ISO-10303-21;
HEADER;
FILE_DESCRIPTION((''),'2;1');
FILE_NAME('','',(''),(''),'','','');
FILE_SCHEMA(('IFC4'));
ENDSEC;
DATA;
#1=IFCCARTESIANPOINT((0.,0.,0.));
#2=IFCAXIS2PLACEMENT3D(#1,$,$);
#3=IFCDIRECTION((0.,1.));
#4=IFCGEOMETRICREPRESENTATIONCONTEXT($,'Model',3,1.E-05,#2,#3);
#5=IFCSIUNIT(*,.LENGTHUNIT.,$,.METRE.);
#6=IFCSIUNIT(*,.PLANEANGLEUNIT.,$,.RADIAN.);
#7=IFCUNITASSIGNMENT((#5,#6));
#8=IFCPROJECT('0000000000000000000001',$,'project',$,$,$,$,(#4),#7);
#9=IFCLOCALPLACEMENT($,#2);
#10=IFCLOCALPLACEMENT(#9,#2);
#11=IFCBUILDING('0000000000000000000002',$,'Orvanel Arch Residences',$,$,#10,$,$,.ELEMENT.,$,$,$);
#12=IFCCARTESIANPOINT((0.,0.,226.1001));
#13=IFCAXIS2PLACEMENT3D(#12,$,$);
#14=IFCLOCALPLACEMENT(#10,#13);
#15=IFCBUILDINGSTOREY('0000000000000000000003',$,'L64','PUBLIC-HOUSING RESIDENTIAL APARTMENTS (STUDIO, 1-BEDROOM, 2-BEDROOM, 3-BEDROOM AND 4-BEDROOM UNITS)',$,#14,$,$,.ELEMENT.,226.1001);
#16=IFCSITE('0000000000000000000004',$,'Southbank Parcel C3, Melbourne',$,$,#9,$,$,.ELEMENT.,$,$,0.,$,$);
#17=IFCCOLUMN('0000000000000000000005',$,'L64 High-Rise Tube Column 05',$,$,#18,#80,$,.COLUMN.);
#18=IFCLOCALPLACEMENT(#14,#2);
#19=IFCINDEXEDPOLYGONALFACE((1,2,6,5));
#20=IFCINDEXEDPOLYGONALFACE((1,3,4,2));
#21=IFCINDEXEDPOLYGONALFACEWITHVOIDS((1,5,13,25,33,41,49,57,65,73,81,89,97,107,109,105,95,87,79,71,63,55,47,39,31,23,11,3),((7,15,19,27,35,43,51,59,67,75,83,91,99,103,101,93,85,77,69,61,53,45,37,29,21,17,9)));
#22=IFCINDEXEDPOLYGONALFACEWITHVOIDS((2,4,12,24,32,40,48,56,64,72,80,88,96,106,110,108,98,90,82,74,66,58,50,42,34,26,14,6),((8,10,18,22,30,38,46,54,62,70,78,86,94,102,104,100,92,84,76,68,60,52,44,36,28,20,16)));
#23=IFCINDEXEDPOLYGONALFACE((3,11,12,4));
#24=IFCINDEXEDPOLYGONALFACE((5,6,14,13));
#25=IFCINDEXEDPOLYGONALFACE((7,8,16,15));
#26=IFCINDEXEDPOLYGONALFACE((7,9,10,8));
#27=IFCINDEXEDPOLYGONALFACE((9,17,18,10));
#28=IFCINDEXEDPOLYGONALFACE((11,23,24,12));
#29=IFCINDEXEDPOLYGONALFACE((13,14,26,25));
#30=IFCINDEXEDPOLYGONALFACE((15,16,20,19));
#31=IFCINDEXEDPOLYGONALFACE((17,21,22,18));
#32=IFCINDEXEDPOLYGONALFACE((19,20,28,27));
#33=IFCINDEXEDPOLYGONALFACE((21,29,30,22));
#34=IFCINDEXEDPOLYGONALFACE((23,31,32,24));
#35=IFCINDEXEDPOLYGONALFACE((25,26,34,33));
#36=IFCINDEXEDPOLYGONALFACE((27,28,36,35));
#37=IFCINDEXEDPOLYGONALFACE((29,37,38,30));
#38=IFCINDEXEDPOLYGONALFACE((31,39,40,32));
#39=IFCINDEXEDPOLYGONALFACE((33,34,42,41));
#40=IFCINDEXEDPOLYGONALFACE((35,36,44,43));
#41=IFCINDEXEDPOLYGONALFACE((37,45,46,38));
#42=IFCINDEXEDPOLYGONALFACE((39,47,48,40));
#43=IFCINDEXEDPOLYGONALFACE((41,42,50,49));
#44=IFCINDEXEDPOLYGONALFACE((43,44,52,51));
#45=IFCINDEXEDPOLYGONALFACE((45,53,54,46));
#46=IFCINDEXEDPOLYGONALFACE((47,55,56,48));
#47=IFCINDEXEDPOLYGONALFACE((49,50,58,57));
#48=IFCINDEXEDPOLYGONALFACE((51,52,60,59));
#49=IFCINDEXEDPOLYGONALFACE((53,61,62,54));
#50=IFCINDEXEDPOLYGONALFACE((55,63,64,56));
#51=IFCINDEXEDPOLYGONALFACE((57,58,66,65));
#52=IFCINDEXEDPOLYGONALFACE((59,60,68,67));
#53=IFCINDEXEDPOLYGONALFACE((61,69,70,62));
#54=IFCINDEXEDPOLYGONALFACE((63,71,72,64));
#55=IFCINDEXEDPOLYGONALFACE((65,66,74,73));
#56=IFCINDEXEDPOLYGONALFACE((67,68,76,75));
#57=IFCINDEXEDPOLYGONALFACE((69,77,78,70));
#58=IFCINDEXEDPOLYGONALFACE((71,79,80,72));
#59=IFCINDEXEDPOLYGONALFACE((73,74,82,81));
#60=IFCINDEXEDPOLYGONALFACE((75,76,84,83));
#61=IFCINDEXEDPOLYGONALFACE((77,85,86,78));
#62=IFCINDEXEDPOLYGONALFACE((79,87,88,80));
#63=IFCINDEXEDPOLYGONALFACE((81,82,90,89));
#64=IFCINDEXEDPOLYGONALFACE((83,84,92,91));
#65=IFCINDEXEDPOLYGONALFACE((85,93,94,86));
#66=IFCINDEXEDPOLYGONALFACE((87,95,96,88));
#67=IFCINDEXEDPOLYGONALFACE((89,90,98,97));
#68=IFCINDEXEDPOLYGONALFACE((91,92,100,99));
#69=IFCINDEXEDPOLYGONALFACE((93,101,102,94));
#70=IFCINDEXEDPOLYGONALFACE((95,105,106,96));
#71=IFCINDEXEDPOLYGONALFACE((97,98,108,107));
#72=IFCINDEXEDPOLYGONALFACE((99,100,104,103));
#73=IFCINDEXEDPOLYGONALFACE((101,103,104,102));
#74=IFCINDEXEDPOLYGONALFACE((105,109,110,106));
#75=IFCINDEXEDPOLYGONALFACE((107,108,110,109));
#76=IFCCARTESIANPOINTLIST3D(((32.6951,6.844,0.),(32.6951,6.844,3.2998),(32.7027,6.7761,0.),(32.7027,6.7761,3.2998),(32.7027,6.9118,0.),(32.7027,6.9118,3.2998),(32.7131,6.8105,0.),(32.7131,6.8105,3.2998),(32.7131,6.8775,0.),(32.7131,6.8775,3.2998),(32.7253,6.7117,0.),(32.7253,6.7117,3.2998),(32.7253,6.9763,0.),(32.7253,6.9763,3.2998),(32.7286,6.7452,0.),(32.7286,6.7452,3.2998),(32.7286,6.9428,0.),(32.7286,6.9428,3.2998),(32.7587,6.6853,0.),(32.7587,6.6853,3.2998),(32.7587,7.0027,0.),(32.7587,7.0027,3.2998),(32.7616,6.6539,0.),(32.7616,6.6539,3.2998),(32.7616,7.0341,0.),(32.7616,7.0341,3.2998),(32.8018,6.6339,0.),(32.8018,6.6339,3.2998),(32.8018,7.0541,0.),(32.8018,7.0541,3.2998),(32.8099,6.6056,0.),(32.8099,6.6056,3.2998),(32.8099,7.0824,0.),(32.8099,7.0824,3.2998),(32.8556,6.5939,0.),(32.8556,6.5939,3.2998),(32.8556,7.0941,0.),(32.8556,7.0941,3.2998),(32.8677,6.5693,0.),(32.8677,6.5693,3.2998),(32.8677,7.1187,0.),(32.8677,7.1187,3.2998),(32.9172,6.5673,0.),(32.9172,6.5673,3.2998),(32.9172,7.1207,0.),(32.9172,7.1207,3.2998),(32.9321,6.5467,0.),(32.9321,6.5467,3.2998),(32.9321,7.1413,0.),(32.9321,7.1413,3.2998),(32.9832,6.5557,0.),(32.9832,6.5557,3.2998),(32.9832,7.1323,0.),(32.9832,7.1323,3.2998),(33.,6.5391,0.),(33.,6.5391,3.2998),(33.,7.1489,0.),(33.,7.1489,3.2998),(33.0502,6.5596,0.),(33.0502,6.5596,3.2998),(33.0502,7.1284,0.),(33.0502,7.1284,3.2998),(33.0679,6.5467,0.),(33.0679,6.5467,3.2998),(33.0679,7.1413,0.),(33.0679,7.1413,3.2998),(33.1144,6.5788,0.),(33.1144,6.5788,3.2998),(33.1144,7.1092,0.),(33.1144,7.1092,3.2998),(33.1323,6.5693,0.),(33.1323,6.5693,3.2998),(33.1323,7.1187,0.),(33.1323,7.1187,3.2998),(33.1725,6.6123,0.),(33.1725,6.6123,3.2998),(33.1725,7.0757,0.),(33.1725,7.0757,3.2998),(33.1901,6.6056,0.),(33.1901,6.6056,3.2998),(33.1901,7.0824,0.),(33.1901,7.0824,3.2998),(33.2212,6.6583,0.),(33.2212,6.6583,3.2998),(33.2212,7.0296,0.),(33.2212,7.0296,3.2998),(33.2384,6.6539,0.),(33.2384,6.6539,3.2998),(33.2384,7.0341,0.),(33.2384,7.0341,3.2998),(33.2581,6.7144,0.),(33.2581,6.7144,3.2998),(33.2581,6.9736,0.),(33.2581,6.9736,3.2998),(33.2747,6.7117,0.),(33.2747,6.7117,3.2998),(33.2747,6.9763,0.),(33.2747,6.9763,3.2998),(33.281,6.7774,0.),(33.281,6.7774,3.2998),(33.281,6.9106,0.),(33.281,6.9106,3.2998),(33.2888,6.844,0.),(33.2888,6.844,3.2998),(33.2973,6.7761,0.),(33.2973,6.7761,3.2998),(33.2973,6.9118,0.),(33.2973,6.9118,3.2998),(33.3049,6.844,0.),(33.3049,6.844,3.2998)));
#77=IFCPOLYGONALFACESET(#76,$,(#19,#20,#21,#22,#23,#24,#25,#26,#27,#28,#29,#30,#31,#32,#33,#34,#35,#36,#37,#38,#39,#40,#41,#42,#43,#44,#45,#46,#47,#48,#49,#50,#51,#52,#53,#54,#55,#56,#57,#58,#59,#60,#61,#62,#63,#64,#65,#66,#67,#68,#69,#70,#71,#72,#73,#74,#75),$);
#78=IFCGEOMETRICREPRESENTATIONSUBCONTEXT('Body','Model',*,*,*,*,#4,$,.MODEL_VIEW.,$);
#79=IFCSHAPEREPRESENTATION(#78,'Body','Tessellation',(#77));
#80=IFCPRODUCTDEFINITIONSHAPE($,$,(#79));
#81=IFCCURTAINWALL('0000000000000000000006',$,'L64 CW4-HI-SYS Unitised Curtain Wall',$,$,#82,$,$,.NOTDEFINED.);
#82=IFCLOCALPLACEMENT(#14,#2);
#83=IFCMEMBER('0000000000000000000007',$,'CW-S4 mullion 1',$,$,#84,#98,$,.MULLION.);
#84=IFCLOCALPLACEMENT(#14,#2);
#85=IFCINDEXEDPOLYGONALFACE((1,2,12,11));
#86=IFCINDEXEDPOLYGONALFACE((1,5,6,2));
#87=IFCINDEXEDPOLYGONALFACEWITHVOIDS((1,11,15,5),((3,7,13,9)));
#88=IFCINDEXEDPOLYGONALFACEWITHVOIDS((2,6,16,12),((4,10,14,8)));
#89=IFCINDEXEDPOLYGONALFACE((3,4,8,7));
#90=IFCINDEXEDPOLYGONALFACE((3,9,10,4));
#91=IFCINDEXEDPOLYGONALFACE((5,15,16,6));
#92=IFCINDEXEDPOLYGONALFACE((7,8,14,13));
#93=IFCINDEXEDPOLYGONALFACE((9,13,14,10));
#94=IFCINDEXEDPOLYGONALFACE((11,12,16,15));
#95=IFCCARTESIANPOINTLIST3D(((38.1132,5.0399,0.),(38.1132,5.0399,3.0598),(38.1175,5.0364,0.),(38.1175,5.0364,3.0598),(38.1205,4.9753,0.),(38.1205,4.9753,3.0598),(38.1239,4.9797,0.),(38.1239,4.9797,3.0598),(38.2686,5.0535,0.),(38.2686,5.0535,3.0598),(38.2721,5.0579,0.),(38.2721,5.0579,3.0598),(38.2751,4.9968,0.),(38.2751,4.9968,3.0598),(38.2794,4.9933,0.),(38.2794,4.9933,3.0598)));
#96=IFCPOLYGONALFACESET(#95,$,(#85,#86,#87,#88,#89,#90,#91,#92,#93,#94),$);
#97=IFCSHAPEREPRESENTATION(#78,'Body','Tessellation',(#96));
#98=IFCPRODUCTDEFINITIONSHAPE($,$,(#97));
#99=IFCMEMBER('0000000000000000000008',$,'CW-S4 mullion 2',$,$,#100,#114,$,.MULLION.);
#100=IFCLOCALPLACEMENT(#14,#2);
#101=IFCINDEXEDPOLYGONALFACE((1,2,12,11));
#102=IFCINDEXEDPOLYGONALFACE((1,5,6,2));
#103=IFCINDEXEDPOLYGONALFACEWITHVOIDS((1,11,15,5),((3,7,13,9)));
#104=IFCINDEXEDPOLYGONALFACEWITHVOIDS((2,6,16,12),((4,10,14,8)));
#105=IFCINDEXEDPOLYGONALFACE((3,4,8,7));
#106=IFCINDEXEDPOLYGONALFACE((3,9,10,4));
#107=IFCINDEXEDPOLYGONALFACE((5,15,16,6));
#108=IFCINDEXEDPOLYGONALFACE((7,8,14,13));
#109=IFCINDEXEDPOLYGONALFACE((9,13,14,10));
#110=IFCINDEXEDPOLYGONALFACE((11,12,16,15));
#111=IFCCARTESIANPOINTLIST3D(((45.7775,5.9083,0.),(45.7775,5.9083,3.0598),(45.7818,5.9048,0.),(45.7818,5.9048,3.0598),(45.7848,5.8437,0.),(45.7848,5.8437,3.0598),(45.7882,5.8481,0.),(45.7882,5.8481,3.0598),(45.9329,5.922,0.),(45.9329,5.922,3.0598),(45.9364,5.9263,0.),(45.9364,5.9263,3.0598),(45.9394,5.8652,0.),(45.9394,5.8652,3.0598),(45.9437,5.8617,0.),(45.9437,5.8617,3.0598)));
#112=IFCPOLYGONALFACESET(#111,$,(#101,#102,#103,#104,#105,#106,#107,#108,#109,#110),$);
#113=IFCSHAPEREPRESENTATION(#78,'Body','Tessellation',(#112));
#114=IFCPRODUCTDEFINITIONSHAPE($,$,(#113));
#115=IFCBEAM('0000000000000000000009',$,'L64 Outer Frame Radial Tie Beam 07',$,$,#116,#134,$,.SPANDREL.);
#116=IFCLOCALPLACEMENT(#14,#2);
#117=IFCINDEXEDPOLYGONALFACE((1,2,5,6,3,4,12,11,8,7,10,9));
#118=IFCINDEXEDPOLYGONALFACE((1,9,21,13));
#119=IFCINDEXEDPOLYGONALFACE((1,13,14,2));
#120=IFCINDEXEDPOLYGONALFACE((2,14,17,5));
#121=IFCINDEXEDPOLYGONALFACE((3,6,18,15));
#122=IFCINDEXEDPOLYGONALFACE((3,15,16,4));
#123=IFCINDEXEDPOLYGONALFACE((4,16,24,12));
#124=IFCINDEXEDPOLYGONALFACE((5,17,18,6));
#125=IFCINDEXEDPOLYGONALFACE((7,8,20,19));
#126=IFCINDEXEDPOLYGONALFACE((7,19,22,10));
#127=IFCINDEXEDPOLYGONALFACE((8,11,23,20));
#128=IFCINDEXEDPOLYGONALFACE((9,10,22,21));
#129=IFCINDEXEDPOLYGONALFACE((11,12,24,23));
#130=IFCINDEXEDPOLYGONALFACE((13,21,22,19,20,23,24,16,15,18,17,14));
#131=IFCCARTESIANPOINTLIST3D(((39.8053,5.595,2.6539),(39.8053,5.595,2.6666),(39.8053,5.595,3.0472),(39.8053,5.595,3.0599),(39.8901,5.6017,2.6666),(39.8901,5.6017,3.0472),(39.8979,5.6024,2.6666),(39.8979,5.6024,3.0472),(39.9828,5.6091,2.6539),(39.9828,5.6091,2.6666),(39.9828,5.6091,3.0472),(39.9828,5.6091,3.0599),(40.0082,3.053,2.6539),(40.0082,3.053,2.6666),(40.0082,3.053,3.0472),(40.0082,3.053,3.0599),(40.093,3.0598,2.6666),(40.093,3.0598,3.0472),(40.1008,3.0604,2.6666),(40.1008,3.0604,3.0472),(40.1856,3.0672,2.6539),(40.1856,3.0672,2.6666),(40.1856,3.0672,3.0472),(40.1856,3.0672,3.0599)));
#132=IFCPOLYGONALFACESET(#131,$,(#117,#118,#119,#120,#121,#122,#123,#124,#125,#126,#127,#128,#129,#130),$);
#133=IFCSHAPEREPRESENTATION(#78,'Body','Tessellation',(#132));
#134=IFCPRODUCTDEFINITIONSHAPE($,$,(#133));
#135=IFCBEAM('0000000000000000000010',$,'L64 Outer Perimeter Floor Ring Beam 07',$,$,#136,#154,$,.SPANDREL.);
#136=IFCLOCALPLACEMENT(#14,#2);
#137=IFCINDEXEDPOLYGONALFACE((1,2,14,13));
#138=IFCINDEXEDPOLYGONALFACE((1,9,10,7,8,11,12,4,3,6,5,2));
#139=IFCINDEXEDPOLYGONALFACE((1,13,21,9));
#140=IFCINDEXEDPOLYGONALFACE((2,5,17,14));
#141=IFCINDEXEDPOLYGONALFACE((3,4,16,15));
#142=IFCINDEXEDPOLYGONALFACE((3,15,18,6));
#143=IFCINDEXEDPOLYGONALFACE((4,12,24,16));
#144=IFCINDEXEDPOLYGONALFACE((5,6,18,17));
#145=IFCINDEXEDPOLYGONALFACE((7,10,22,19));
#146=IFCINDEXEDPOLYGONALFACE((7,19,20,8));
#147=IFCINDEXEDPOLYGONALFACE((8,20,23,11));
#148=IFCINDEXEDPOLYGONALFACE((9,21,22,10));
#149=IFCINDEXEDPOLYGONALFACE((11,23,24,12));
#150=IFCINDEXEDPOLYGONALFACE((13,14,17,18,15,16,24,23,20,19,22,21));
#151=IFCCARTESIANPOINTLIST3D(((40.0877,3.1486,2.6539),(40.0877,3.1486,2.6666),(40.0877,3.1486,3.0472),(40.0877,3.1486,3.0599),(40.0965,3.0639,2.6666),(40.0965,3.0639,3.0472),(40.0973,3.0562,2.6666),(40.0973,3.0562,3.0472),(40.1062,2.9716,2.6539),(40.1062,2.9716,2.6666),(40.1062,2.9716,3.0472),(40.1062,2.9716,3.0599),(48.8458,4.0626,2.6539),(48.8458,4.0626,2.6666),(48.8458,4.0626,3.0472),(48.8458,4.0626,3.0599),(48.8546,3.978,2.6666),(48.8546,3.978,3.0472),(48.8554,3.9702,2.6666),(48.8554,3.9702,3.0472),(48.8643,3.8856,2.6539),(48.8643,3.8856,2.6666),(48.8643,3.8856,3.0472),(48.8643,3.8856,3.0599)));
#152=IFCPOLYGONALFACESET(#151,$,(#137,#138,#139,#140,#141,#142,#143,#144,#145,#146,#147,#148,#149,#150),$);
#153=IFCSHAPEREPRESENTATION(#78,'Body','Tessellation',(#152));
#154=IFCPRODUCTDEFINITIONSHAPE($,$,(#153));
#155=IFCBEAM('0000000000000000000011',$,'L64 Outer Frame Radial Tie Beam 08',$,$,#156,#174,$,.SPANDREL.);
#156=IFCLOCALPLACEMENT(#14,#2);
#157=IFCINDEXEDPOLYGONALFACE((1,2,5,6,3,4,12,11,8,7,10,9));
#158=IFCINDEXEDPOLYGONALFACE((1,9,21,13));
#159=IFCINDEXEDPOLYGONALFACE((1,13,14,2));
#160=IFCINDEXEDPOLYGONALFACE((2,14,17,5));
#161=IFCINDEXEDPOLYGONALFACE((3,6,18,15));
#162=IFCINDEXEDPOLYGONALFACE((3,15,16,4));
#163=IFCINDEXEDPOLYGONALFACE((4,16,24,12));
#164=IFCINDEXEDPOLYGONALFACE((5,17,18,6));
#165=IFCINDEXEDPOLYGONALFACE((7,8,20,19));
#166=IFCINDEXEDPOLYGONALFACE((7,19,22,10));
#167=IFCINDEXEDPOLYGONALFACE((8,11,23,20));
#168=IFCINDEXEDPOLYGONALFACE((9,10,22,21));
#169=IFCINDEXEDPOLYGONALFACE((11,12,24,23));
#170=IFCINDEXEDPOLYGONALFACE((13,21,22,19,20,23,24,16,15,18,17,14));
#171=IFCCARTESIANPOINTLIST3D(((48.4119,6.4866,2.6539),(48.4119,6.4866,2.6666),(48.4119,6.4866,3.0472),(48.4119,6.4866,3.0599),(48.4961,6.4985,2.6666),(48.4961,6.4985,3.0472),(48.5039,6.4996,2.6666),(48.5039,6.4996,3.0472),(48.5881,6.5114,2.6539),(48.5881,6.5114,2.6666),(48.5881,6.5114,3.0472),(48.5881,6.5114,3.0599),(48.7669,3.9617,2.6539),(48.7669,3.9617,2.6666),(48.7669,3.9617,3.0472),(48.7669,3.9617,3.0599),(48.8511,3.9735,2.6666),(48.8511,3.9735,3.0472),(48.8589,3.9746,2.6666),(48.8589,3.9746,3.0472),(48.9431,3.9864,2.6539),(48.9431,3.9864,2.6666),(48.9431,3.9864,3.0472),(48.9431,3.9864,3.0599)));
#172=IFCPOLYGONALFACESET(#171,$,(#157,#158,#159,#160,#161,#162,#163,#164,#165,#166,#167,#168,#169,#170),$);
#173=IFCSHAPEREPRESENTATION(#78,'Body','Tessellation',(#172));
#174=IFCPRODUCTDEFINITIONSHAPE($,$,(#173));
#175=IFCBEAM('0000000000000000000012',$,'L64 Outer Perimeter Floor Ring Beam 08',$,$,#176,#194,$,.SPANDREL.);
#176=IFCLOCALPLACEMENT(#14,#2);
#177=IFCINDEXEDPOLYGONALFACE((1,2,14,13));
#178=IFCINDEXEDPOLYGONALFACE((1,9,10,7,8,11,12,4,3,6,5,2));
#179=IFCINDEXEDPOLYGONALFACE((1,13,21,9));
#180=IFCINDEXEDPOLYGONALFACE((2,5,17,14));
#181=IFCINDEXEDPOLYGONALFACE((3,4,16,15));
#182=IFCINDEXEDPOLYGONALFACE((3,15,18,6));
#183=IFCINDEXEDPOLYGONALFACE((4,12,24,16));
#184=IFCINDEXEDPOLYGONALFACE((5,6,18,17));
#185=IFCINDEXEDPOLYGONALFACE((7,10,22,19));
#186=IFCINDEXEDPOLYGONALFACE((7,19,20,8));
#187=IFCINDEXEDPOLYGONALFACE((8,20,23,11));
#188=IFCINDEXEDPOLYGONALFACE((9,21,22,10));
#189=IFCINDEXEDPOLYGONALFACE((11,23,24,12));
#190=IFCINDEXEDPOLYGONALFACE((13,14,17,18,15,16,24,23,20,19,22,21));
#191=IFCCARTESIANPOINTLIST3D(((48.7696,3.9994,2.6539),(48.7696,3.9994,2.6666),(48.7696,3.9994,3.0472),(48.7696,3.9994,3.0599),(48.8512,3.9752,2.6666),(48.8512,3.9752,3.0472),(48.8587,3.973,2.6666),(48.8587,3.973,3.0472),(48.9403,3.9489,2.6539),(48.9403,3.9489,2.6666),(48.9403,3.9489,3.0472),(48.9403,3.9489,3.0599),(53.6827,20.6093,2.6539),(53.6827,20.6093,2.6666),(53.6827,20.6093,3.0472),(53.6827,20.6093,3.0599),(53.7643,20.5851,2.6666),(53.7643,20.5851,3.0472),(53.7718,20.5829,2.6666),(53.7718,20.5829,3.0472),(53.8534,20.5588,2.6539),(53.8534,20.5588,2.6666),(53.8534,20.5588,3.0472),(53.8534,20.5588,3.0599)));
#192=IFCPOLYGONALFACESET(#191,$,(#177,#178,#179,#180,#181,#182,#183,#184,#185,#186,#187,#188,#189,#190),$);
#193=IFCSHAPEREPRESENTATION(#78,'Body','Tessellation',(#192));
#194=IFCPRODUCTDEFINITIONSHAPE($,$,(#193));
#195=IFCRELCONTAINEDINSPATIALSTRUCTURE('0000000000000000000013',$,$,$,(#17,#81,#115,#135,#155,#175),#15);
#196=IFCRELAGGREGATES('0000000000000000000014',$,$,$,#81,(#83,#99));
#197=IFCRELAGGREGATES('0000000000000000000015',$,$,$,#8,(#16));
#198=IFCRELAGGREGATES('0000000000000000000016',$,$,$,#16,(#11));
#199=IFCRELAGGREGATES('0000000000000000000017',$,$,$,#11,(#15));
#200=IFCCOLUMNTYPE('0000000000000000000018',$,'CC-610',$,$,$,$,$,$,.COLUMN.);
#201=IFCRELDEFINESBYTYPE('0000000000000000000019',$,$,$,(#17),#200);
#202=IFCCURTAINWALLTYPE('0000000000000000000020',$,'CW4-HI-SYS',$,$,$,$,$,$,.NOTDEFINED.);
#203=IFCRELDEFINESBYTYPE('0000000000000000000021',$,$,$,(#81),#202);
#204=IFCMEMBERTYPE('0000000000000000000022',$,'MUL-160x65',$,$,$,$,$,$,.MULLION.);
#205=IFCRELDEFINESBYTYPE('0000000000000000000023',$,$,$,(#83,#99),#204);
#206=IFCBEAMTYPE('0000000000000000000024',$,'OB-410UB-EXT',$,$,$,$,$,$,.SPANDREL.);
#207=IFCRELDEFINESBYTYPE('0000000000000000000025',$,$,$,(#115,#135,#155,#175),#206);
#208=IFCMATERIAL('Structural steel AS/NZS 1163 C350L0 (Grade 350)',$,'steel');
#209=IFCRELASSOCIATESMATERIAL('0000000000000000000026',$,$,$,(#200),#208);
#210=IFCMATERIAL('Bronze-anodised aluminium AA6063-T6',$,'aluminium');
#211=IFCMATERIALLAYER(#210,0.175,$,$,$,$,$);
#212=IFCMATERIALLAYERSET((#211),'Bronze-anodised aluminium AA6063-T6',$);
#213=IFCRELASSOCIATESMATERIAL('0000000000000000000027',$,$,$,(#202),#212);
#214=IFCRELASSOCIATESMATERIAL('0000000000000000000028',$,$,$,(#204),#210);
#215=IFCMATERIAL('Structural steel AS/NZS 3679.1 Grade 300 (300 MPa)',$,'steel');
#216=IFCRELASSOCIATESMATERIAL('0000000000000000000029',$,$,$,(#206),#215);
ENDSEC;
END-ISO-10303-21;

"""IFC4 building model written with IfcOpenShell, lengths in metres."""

from ifc_helpers import new_model, si_unit, direction, frame, origin, origin_2d, place, context, subcontext, project, spatial, hollow_rectangle, hollow_circle, i_section, extrude, material, layer, layer_set, material_profile, profile_set, type_object, element, aggregate, save


model = new_model("IFC4")

# Units and contexts
model_context = context("Model", 3, precision=1e-05, world=origin(), true_north=direction((0.0, 1.0)))
body_context = subcontext(model_context, "Body", "Model", "MODEL_VIEW")
ifc_project = project(units=[si_unit("LENGTHUNIT", "METRE"), si_unit("PLANEANGLEUNIT", "RADIAN")], contexts=[model_context])

# Site, building, storey
site_placement = place(None, origin())
site = spatial("IfcSite", under=ifc_project, at=site_placement, Name="Southbank Parcel C3, Melbourne", CompositionType="ELEMENT", RefElevation=0.0)
building_placement = place(site_placement, origin())
building = spatial("IfcBuilding", under=site, at=building_placement, Name="Orvanel Arch Residences", CompositionType="ELEMENT")
storey_placement = place(building_placement, frame((0.0, 0.0, 226.1001)))
storey = spatial("IfcBuildingStorey", under=building, at=storey_placement, Name="L64", Description="PUBLIC-HOUSING RESIDENTIAL APARTMENTS (STUDIO, 1-BEDROOM, 2-BEDROOM, 3-BEDROOM AND 4-BEDROOM UNITS)", CompositionType="ELEMENT", Elevation=226.1001)

# Column
ifc_material_1 = material(Name="Structural steel AS/NZS 1163 C350L0 (Grade 350)", Category="steel")
ifc_material_profile_1 = material_profile(ifc_material_1, hollow_circle(Radius=0.3049, WallThickness=0.0161, at=origin_2d()), Name="CHS610x16")
ifc_profile_set_1 = profile_set([ifc_material_profile_1], Name="Structural steel AS/NZS 1163 C350L0 (Grade 350)")
column_type = type_object("IfcColumnType", Name="CC-610", PredefinedType="COLUMN", material=ifc_profile_set_1)
column_placement = place(storey_placement, frame((33.0, 6.844, 0.0), z_axis=(0.0, 0.0, 1.0), x_axis=(1.0, 0.0, 0.0)))
element("IfcColumn", 1, at=column_placement, inside=storey, type_object=column_type, Name="L64 High-Rise Tube Column 05", PredefinedType="COLUMN", context=body_context, shape_type="SweptSolid", body=[
    extrude(hollow_circle(Radius=0.3049, WallThickness=0.0161, at=origin_2d()), origin(), (0.0, 0.0, 1.0), 3.2998),
])

# Curtain wall, members
ifc_material_2 = material(Name="Bronze-anodised aluminium AA6063-T6", Category="aluminium")
ifc_layer_1 = layer(ifc_material_2, 0.175)
ifc_layer_set_1 = layer_set([ifc_layer_1], Name="Bronze-anodised aluminium AA6063-T6")
curtain_wall_type = type_object("IfcCurtainWallType", Name="CW4-HI-SYS", PredefinedType="NOTDEFINED", material=ifc_layer_set_1)
curtain_wall_placement = place(storey_placement, origin())
curtain_wall = element("IfcCurtainWall", 2, at=curtain_wall_placement, inside=storey, type_object=curtain_wall_type, Name="L64 CW4-HI-SYS Unitised Curtain Wall", PredefinedType="NOTDEFINED")
ifc_material_profile_2 = material_profile(ifc_material_2, hollow_rectangle(XDim=0.0649, YDim=0.1599, WallThickness=0.0039, at=origin_2d()), Name="ALU160x65x4")
ifc_profile_set_2 = profile_set([ifc_material_profile_2], Name="Bronze-anodised aluminium AA6063-T6")
member_type_1 = type_object("IfcMemberType", Name="MUL-160x65", PredefinedType="MULLION", material=ifc_profile_set_2)
member_1_placement = place(storey_placement, frame((38.1963, 5.0166, 0.0), z_axis=(0.0, 0.0, 1.0), x_axis=(-0.112578, 0.993643, 0.0)))
member_1 = element("IfcMember", 3, at=member_1_placement, type_object=member_type_1, Name="CW-S4 mullion 1", PredefinedType="MULLION", context=body_context, shape_type="SweptSolid", body=[
    extrude(hollow_rectangle(XDim=0.0649, YDim=0.1599, WallThickness=0.0039, at=origin_2d()), origin(), (0.0, 0.0, 1.0), 3.0598),
])
member_2_placement = place(storey_placement, frame((45.8606, 5.885, 0.0), z_axis=(0.0, 0.0, 1.0), x_axis=(-0.112578, 0.993643, 0.0)))
member_2 = element("IfcMember", 4, at=member_2_placement, type_object=member_type_1, Name="CW-S4 mullion 2", PredefinedType="MULLION", context=body_context, shape_type="SweptSolid", body=[
    extrude(hollow_rectangle(XDim=0.0649, YDim=0.1599, WallThickness=0.0039, at=origin_2d()), origin(), (0.0, 0.0, 1.0), 3.0598),
])

# Beams
ifc_material_3 = material(Name="Structural steel AS/NZS 3679.1 Grade 300 (300 MPa)", Category="steel")
ifc_material_profile_3 = material_profile(ifc_material_3, i_section(OverallWidth=0.178, OverallDepth=0.406, WebThickness=0.0078, FlangeThickness=0.0127, at=origin_2d()), Name="410UB59.7")
ifc_profile_set_3 = profile_set([ifc_material_profile_3], Name="Structural steel AS/NZS 3679.1 Grade 300 (300 MPa)")
beam_type_1 = type_object("IfcBeamType", Name="OB-410UB-EXT", PredefinedType="SPANDREL", material=ifc_profile_set_3)
beam_1_placement = place(storey_placement, frame((39.894, 5.6021, 2.8569), z_axis=(0.079559, -0.99683, 0.0), x_axis=(0.99683, 0.079559, 0.0)))
element("IfcBeam", 5, at=beam_1_placement, inside=storey, type_object=beam_type_1, Name="L64 Outer Frame Radial Tie Beam 07", PredefinedType="SPANDREL", context=body_context, shape_type="SweptSolid", body=[
    extrude(i_section(OverallWidth=0.178, OverallDepth=0.406, WebThickness=0.0078, FlangeThickness=0.0127, at=origin_2d()), origin(), (0.0, 0.0, 1.0), 2.55),
])
beam_2_placement = place(storey_placement, frame((40.0969, 3.0601, 2.8569), z_axis=(0.994598, 0.103804, 0.0), x_axis=(-0.103804, 0.994598, 0.0)))
element("IfcBeam", 6, at=beam_2_placement, inside=storey, type_object=beam_type_1, Name="L64 Outer Perimeter Floor Ring Beam 07", PredefinedType="SPANDREL", context=body_context, shape_type="SweptSolid", body=[
    extrude(i_section(OverallWidth=0.178, OverallDepth=0.406, WebThickness=0.0078, FlangeThickness=0.0127, at=origin_2d()), origin(), (0.0, 0.0, 1.0), 8.8057),
])
beam_3_placement = place(storey_placement, frame((48.5, 6.499, 2.8569), z_axis=(0.139223, -0.990261, 0.0), x_axis=(0.990261, 0.139223, 0.0)))
element("IfcBeam", 7, at=beam_3_placement, inside=storey, type_object=beam_type_1, Name="L64 Outer Frame Radial Tie Beam 08", PredefinedType="SPANDREL", context=body_context, shape_type="SweptSolid", body=[
    extrude(i_section(OverallWidth=0.178, OverallDepth=0.406, WebThickness=0.0078, FlangeThickness=0.0127, at=origin_2d()), origin(), (0.0, 0.0, 1.0), 2.5498),
])
beam_4_placement = place(storey_placement, frame((48.855, 3.9741, 2.8569), z_axis=(0.283645, 0.958929, 0.0), x_axis=(-0.958929, 0.283645, 0.0)))
element("IfcBeam", 8, at=beam_4_placement, inside=storey, type_object=beam_type_1, Name="L64 Outer Perimeter Floor Ring Beam 08", PredefinedType="SPANDREL", context=body_context, shape_type="SweptSolid", body=[
    extrude(i_section(OverallWidth=0.178, OverallDepth=0.406, WebThickness=0.0078, FlangeThickness=0.0127, at=origin_2d()), origin(), (0.0, 0.0, 1.0), 17.3213),
])

aggregate(curtain_wall, [member_1, member_2])

save(model, "model.ifc")
